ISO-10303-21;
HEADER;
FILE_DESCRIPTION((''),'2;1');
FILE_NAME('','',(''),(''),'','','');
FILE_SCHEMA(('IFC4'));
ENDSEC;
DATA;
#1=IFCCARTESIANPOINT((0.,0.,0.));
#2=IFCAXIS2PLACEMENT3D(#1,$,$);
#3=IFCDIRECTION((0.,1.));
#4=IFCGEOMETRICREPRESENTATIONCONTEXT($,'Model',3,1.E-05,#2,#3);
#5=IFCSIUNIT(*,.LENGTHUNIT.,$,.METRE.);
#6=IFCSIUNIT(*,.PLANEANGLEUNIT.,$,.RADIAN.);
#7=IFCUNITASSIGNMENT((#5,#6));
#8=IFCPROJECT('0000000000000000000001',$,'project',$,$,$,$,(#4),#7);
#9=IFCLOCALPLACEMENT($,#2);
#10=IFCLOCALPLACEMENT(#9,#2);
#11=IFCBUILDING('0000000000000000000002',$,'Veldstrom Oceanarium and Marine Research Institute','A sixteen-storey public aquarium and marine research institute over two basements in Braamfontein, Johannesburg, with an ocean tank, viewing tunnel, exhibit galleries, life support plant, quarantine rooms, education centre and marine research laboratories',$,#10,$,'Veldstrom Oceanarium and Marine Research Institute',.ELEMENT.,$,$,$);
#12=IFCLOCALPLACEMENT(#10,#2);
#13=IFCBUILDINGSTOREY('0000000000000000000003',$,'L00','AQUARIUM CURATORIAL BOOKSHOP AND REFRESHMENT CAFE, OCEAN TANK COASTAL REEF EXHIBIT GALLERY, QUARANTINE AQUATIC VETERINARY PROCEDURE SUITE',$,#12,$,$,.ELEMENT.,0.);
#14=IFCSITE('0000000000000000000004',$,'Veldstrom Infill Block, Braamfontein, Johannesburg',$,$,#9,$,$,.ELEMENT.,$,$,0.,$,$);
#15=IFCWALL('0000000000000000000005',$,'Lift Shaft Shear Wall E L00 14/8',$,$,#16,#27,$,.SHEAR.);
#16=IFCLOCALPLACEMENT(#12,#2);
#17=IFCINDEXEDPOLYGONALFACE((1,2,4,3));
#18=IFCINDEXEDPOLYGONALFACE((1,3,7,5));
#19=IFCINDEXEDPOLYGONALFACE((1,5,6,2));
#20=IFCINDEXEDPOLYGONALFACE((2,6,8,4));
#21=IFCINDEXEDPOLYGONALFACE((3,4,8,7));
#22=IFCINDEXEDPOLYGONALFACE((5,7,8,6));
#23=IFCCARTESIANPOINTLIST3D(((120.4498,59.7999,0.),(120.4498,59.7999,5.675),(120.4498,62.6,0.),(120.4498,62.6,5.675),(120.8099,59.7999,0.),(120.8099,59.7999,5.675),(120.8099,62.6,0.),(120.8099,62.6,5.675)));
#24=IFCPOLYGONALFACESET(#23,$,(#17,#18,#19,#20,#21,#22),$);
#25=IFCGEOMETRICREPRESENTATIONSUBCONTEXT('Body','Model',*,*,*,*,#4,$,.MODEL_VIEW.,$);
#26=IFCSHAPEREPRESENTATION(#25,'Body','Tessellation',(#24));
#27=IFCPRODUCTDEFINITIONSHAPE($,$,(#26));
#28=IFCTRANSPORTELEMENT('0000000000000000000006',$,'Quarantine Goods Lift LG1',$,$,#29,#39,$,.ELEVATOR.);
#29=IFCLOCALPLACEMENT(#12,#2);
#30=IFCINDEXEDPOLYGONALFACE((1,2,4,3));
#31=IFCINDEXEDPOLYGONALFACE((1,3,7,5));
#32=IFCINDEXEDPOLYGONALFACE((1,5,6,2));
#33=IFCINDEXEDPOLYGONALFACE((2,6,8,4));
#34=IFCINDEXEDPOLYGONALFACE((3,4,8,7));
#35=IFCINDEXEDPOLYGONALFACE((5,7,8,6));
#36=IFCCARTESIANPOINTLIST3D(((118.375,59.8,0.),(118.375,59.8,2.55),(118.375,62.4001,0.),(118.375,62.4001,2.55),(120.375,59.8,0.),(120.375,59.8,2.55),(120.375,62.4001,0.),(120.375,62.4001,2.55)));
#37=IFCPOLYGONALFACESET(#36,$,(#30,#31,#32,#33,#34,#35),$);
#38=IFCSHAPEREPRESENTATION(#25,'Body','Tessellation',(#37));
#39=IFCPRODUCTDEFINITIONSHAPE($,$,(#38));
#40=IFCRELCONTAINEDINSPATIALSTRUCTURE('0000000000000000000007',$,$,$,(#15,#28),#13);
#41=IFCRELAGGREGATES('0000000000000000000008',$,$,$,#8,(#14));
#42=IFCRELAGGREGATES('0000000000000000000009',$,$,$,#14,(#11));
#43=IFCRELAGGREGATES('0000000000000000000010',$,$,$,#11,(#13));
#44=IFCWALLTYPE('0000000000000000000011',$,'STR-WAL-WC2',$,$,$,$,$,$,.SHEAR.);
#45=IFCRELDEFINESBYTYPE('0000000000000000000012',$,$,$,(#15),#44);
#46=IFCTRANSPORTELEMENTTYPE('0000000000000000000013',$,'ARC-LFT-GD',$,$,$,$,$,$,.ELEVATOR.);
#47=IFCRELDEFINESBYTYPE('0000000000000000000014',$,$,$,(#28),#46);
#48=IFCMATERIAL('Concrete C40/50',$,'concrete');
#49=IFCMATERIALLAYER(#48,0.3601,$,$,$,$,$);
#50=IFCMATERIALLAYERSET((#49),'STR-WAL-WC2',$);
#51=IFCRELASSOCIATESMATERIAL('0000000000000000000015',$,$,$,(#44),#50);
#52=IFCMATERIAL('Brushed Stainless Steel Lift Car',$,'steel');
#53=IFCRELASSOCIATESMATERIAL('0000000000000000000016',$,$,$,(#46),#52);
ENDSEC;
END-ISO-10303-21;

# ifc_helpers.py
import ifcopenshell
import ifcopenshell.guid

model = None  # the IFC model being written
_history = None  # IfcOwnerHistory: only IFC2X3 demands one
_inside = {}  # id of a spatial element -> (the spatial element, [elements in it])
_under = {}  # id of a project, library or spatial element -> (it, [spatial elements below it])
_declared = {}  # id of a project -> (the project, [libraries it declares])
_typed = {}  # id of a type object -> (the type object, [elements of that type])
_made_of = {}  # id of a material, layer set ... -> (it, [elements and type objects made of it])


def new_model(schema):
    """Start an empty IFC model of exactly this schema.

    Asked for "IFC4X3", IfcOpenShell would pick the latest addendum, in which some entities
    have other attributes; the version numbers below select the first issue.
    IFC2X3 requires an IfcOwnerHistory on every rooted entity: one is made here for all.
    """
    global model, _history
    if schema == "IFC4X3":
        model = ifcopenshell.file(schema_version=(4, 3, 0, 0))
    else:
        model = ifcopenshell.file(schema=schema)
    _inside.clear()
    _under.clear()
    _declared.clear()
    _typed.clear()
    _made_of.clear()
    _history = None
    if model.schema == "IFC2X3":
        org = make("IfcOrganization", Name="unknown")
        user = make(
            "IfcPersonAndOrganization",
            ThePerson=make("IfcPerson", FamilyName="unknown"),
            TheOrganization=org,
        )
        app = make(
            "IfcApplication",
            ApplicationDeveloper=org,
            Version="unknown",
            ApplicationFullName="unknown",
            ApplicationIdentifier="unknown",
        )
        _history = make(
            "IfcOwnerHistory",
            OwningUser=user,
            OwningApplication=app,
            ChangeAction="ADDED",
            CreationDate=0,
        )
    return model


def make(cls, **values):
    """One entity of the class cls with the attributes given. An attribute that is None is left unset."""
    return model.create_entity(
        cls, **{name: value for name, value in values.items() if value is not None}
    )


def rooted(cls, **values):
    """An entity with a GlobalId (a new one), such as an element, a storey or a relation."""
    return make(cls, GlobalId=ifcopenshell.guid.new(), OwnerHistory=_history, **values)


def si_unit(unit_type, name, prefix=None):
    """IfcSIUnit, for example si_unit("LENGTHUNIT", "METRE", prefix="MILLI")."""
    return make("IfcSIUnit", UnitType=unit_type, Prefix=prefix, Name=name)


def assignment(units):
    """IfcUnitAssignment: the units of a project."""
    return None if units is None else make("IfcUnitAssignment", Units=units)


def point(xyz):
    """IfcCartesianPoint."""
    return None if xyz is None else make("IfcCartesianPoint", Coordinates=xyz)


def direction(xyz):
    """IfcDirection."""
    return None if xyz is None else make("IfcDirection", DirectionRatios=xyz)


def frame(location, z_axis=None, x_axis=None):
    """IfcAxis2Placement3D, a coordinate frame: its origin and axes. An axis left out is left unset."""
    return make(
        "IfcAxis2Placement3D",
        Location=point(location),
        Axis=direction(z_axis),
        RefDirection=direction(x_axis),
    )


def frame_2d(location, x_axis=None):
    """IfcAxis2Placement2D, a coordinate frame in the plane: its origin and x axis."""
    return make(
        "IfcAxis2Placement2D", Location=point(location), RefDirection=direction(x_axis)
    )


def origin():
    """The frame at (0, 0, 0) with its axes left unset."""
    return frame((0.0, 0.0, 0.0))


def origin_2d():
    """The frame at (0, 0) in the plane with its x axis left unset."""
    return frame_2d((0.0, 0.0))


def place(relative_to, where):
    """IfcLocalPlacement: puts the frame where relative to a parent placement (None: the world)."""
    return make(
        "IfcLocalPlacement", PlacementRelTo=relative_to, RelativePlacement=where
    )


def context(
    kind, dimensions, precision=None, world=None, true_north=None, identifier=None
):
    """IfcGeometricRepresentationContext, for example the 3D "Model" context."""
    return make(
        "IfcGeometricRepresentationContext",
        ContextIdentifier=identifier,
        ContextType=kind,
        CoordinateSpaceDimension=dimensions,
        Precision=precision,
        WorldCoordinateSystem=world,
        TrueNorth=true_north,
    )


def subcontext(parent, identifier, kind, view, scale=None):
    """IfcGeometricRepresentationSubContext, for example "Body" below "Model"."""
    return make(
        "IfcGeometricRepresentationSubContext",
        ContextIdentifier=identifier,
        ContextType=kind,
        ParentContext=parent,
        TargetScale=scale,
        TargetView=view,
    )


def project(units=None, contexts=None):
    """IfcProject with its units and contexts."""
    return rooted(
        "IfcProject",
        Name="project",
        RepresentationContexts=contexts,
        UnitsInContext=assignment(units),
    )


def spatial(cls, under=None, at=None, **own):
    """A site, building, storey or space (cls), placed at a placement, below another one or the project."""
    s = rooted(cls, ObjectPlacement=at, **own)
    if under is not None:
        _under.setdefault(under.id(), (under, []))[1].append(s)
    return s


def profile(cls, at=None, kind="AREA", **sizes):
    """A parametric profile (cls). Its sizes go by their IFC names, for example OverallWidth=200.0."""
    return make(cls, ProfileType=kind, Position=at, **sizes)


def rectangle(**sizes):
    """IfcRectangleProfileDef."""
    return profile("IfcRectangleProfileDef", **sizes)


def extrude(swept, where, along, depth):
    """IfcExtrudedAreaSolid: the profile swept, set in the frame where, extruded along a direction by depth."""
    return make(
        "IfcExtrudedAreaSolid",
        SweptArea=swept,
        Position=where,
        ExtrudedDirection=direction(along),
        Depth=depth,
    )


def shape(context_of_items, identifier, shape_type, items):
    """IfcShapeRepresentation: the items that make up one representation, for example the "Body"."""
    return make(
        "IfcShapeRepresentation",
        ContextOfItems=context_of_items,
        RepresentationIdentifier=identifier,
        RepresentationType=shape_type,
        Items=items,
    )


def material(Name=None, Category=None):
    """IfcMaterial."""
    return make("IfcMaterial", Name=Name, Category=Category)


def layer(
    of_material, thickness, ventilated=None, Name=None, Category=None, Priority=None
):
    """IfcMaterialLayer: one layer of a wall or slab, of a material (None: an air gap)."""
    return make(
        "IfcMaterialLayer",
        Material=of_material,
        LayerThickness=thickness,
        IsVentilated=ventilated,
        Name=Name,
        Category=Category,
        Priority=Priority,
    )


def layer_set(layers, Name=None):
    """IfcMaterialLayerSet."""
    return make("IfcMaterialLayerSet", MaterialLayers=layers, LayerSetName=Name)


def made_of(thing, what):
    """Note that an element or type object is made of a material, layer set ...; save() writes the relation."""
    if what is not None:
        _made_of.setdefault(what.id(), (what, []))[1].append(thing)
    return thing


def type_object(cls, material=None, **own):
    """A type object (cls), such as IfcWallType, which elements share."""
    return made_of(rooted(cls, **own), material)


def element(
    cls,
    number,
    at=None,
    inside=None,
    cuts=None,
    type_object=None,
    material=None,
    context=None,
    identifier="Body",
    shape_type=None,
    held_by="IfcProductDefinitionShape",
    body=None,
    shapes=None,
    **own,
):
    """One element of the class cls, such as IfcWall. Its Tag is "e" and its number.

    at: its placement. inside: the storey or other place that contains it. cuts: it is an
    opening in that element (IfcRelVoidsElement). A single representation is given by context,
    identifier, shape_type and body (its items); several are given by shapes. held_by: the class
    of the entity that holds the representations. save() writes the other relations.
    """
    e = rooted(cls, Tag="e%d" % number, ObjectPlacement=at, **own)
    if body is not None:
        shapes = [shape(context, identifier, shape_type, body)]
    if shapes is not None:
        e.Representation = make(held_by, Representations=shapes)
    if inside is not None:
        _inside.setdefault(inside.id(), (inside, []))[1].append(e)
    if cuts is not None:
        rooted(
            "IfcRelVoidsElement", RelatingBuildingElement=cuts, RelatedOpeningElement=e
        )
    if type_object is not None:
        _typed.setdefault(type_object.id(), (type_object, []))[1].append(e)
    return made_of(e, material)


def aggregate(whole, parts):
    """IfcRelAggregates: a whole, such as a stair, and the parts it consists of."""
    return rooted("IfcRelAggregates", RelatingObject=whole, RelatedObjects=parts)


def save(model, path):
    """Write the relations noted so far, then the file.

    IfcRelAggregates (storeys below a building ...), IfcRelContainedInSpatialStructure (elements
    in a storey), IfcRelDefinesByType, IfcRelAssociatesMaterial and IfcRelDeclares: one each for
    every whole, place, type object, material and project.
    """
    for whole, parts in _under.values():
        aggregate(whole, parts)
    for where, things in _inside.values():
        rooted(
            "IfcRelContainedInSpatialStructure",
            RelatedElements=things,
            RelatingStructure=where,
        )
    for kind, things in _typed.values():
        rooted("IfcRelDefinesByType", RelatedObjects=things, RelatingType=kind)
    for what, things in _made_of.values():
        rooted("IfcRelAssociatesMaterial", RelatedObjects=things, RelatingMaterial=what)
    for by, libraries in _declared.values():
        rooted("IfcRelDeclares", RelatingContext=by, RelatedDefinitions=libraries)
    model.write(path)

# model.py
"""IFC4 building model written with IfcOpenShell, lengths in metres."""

from ifc_helpers import new_model, si_unit, direction, frame, frame_2d, origin, origin_2d, place, context, subcontext, project, spatial, rectangle, extrude, material, layer, layer_set, type_object, element, save


model = new_model("IFC4")

# Units and contexts
model_context = context("Model", 3, precision=1e-05, world=origin(), true_north=direction((0.0, 1.0)))
body_context = subcontext(model_context, "Body", "Model", "MODEL_VIEW")
ifc_project = project(units=[si_unit("LENGTHUNIT", "METRE"), si_unit("PLANEANGLEUNIT", "RADIAN")], contexts=[model_context])

# Site, building, storey
site_placement = place(None, origin())
site = spatial("IfcSite", under=ifc_project, at=site_placement, Name="Veldstrom Infill Block, Braamfontein, Johannesburg", CompositionType="ELEMENT", RefElevation=0.0)
building_placement = place(site_placement, origin())
building = spatial("IfcBuilding", under=site, at=building_placement, Name="Veldstrom Oceanarium and Marine Research Institute", Description="A sixteen-storey public aquarium and marine research institute over two basements in Braamfontein, Johannesburg, with an ocean tank, viewing tunnel, exhibit galleries, life support plant, quarantine rooms, education centre and marine research laboratories", LongName="Veldstrom Oceanarium and Marine Research Institute", CompositionType="ELEMENT")
storey_placement = place(building_placement, origin())
storey = spatial("IfcBuildingStorey", under=building, at=storey_placement, Name="L00", Description="AQUARIUM CURATORIAL BOOKSHOP AND REFRESHMENT CAFE, OCEAN TANK COASTAL REEF EXHIBIT GALLERY, QUARANTINE AQUATIC VETERINARY PROCEDURE SUITE", CompositionType="ELEMENT", Elevation=0.0)

# Wall
ifc_material_1 = material(Name="Concrete C40/50", Category="concrete")
ifc_layer_1 = layer(ifc_material_1, 0.3601)
ifc_layer_set_1 = layer_set([ifc_layer_1], Name="STR-WAL-WC2")
wall_type_1 = type_object("IfcWallType", Name="STR-WAL-WC2", PredefinedType="SHEAR", material=ifc_layer_set_1)
for number, where, z_axis, x_axis, name in (
    (1, (120.6299, 59.8, 0.0), (0.0, 0.0, 1.0), (0.0, 1.0, 0.0), "Lift Shaft Shear Wall E L00 14/8"),
):
    element("IfcWall", number, at=place(storey_placement, frame(where, z_axis=z_axis, x_axis=x_axis)), inside=storey, type_object=wall_type_1, Name=name, PredefinedType="SHEAR", context=body_context, shape_type="SweptSolid", body=[
        extrude(rectangle(XDim=2.8, YDim=0.3601, at=frame_2d((1.3999, 0.0))), origin(), (0.0, 0.0, 1.0), 5.675),
    ])

# Transport element
ifc_material_2 = material(Name="Brushed Stainless Steel Lift Car", Category="steel")
transport_element_type = type_object("IfcTransportElementType", Name="ARC-LFT-GD", PredefinedType="ELEVATOR", material=ifc_material_2)
transport_element_placement = place(storey_placement, frame((119.375, 61.1001, 0.0), z_axis=(0.0, 0.0, 1.0), x_axis=(1.0, 0.0, 0.0)))
element("IfcTransportElement", 2, at=transport_element_placement, inside=storey, type_object=transport_element_type, Name="Quarantine Goods Lift LG1", PredefinedType="ELEVATOR", context=body_context, shape_type="SweptSolid", body=[
    extrude(rectangle(XDim=2.0, YDim=2.6001, at=origin_2d()), origin(), (0.0, 0.0, 1.0), 2.55),
])

save(model, "model.ifc")
